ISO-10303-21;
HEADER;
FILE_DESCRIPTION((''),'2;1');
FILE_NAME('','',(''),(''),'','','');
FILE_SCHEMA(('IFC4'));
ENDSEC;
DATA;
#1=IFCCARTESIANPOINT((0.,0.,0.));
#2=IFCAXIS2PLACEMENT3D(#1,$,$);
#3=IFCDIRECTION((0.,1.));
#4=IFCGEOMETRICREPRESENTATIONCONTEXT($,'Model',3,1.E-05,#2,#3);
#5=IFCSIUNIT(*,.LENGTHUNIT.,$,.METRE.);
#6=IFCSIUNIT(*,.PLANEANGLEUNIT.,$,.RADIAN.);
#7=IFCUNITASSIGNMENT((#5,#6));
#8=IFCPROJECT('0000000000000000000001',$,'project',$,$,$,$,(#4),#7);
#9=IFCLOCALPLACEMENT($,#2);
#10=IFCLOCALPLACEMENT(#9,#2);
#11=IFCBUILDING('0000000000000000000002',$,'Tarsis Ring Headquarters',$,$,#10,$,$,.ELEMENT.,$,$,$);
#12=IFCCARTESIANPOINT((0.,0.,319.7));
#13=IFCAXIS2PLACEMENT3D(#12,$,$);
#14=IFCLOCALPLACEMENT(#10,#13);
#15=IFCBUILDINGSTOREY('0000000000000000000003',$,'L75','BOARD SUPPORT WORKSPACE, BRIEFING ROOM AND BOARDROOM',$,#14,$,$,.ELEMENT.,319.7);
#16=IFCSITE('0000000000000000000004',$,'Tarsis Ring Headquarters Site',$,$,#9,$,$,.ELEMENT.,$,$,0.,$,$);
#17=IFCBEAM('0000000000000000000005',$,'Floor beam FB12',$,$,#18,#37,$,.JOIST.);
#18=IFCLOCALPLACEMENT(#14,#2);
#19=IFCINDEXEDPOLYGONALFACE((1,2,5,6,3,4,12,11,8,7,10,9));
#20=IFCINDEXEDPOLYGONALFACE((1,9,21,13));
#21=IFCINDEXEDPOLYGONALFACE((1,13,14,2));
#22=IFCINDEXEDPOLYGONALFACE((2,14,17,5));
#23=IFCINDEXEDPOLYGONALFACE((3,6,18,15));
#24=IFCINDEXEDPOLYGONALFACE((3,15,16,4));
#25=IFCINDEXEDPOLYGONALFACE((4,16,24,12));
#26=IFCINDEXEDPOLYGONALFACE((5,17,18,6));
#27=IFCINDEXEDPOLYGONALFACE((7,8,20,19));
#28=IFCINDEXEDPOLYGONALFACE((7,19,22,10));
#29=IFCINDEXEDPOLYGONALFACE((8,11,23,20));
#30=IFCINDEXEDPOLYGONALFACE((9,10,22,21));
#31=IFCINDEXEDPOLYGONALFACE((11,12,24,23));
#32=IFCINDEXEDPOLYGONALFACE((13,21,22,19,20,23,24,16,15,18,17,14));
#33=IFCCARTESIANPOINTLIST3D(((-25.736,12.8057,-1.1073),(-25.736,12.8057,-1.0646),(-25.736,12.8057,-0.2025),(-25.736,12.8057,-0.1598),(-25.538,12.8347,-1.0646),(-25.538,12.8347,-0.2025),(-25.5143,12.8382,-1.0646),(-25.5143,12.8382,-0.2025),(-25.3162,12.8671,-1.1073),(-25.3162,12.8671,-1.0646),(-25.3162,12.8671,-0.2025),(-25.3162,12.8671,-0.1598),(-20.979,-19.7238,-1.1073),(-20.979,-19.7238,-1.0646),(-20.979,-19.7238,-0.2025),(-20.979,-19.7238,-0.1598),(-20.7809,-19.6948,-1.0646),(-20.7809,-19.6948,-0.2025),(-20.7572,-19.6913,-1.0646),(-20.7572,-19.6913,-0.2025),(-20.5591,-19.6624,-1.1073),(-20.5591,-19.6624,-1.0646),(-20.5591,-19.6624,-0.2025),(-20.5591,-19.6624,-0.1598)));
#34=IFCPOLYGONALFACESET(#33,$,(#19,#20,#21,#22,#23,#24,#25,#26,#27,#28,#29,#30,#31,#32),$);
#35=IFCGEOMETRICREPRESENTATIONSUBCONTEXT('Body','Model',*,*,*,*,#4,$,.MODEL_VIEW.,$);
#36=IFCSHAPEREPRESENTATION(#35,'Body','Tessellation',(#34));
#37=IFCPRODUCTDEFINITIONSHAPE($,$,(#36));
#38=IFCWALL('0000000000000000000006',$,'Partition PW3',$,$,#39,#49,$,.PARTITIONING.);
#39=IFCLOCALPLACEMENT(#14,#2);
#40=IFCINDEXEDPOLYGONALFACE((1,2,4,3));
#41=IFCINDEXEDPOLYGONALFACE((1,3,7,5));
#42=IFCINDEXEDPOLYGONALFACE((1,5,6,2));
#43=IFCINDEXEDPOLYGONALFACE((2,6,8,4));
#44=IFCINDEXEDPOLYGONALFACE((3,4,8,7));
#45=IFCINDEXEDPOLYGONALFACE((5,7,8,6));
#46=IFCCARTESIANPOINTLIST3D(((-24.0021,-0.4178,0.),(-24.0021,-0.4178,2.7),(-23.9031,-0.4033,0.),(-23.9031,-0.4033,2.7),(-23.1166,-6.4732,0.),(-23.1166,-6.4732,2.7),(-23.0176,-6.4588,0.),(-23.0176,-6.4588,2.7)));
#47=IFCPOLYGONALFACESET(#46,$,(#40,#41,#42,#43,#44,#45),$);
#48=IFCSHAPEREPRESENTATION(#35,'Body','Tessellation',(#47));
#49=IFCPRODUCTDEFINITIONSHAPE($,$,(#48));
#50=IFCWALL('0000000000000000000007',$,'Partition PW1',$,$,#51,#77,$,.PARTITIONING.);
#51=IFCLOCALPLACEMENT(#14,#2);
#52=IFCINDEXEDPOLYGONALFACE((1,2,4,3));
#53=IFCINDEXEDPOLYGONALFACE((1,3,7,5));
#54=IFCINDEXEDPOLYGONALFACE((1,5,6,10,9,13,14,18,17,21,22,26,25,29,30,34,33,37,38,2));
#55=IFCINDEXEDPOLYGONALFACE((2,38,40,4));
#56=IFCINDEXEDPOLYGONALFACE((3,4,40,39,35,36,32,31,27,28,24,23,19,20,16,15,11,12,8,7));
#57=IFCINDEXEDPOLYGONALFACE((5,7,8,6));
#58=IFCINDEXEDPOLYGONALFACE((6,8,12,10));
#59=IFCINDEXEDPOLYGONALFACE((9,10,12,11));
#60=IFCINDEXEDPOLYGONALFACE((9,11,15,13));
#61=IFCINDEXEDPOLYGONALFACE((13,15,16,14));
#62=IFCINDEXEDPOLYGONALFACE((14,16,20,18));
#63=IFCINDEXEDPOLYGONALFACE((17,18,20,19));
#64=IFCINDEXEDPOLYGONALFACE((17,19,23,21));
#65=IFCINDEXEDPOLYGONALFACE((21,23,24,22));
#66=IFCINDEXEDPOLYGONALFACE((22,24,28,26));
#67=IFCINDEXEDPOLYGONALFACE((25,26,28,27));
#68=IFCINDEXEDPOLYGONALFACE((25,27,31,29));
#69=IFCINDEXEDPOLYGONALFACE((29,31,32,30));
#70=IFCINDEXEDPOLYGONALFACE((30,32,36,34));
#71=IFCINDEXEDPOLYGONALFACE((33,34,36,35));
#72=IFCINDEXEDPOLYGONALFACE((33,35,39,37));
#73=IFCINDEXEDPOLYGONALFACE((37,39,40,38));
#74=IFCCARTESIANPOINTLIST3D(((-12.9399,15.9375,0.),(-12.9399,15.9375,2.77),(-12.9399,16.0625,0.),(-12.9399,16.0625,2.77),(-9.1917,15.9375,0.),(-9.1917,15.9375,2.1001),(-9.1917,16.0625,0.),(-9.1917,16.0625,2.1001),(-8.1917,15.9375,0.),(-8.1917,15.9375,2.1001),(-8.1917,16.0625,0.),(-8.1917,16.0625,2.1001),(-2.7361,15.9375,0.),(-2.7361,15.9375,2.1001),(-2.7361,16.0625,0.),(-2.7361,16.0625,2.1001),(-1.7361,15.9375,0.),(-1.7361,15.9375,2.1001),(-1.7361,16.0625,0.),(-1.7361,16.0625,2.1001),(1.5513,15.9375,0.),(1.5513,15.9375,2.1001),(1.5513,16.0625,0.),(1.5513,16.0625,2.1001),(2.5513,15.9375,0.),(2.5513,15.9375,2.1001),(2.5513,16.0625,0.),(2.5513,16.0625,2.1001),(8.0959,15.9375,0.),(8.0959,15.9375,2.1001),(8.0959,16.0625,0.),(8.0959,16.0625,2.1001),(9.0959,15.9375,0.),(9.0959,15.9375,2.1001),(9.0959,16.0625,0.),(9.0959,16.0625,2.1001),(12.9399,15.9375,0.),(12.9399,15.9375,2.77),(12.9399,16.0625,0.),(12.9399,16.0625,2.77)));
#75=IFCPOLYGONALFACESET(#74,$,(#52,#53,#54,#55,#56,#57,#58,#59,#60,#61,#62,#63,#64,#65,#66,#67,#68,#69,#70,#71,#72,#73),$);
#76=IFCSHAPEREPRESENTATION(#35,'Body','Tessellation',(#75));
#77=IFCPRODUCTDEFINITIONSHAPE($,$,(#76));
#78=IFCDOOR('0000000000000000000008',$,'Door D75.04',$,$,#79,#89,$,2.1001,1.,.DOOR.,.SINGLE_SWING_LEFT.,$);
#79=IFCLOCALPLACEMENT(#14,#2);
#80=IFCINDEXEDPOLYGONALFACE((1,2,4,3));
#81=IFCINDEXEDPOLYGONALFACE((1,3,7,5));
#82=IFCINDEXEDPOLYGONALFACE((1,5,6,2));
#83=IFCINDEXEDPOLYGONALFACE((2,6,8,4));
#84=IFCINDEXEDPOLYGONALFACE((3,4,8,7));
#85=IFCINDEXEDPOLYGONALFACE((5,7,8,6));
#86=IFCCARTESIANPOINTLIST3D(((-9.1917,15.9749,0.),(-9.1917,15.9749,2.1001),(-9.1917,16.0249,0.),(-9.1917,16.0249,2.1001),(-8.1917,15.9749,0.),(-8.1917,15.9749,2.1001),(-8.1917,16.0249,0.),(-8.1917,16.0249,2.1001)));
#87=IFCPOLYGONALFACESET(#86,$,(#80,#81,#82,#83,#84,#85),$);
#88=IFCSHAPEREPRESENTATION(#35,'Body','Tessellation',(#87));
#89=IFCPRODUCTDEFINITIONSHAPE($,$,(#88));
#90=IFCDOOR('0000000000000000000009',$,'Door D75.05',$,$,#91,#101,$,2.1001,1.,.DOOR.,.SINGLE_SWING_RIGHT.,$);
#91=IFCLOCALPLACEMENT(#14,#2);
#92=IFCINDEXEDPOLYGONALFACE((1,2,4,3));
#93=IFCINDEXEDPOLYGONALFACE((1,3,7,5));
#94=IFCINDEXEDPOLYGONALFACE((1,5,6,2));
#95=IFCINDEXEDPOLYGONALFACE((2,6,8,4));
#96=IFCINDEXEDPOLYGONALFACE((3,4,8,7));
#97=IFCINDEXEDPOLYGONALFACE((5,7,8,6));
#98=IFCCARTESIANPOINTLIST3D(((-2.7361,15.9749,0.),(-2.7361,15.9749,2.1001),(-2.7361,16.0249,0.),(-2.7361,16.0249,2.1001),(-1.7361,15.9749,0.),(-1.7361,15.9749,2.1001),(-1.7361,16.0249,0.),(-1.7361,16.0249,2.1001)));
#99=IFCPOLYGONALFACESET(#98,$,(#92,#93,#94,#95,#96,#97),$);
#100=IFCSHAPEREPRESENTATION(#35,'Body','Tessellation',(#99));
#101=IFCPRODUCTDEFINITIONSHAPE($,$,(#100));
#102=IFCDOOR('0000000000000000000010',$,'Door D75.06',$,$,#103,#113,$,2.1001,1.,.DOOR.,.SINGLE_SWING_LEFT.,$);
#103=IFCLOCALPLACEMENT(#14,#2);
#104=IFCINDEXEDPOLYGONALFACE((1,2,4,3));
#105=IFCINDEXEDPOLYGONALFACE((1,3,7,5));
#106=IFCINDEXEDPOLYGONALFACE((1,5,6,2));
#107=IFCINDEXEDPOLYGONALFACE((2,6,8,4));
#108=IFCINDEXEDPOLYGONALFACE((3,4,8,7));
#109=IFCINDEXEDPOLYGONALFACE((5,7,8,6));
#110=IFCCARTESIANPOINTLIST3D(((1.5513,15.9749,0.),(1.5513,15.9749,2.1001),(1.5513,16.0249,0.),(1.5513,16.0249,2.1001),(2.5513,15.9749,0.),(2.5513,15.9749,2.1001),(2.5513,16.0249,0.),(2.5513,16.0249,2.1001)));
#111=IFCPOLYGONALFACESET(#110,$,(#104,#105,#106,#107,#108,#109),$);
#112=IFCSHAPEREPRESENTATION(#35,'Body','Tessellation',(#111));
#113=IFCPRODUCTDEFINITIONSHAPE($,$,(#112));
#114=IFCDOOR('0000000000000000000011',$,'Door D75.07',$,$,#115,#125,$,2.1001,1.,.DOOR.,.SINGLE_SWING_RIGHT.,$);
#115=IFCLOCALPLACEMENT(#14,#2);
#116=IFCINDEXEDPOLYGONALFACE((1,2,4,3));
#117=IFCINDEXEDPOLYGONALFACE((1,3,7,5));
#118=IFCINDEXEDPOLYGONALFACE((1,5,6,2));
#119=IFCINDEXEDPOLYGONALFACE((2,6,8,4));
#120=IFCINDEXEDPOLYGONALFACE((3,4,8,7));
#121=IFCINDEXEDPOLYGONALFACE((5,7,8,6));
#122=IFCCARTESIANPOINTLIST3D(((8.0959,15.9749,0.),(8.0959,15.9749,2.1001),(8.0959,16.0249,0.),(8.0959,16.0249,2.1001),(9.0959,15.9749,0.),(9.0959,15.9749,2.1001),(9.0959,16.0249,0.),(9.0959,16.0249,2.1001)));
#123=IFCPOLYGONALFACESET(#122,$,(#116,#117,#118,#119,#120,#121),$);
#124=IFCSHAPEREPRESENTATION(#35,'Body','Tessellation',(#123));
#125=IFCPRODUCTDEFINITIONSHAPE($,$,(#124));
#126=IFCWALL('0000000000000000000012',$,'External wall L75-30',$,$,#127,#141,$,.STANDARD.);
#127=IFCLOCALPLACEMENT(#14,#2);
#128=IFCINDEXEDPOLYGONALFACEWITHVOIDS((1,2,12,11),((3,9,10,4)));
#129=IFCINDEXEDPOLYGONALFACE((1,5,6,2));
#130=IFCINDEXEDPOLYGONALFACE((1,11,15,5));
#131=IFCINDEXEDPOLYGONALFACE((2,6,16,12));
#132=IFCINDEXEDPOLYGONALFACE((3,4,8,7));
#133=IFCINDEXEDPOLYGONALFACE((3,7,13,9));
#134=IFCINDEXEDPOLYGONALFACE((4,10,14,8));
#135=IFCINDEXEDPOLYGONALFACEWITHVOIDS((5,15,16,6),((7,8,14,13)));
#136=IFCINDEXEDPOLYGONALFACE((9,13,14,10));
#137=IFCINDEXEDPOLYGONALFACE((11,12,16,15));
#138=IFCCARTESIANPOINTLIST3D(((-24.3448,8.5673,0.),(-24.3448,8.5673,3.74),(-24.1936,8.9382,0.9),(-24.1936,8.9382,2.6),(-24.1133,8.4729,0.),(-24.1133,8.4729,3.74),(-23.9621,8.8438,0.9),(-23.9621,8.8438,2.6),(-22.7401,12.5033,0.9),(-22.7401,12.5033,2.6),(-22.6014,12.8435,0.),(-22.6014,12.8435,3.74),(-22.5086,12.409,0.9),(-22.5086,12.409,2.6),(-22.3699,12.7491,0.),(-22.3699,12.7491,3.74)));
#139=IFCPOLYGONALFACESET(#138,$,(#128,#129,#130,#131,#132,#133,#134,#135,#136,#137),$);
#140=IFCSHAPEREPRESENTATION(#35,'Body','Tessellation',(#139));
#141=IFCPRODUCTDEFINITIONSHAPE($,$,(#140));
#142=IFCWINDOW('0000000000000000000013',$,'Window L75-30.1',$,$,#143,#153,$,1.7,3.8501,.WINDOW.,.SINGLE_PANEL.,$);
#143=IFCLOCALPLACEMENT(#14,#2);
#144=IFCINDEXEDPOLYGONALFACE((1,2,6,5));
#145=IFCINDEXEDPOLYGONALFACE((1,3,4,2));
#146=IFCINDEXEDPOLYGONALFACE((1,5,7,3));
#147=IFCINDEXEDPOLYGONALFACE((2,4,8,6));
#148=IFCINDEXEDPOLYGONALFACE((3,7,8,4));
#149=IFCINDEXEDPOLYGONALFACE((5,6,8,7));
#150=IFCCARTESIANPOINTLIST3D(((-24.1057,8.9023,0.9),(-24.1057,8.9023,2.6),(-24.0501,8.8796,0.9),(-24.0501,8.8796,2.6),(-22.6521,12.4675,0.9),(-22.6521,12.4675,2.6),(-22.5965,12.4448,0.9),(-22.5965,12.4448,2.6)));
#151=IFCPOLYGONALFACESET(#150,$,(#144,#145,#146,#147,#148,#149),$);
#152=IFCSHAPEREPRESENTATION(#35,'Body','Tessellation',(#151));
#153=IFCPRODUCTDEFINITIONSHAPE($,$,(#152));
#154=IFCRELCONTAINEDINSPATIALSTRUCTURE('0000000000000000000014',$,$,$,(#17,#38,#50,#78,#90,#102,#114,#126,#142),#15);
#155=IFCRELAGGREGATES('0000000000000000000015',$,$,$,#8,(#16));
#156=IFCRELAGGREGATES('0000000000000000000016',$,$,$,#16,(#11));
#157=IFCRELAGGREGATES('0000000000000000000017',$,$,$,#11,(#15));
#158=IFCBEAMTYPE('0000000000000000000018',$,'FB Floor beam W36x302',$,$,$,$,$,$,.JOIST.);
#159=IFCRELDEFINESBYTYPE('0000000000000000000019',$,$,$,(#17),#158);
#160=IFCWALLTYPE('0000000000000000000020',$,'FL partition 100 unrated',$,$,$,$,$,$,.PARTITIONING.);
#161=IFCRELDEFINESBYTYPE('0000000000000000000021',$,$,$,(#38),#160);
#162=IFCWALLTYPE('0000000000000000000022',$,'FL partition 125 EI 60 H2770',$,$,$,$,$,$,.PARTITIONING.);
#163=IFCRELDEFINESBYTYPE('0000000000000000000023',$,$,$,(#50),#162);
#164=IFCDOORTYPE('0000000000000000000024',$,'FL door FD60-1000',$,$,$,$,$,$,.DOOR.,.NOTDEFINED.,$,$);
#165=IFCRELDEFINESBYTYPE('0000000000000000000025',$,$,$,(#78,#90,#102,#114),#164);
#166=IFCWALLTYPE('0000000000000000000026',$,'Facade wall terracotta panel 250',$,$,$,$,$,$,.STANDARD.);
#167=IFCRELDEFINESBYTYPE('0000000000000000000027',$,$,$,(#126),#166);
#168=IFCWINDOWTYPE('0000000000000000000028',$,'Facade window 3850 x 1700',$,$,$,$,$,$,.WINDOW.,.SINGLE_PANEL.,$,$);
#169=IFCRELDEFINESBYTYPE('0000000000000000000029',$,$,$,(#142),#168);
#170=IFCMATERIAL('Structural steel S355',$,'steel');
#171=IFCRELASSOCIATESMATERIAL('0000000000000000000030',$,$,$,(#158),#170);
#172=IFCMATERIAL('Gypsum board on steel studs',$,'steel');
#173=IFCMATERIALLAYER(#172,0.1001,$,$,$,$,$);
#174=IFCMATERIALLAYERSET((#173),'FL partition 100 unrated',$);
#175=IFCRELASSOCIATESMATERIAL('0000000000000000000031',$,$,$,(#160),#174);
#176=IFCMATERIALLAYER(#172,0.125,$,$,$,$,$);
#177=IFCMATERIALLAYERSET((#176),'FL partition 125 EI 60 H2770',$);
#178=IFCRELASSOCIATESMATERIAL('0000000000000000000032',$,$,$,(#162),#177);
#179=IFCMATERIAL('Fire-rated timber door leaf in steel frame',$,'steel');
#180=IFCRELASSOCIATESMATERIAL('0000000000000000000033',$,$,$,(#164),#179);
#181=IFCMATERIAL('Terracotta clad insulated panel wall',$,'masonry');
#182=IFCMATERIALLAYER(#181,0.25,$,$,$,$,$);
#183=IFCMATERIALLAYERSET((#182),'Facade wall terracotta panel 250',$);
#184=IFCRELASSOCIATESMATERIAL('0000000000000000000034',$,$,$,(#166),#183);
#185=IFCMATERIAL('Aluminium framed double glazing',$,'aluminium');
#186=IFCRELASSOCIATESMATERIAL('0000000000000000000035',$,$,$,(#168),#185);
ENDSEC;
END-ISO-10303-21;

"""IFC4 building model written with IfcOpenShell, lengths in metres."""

from ifc_helpers import new_model, si_unit, direction, frame, frame_2d, origin, origin_2d, place, context, subcontext, project, spatial, rectangle, i_section, extrude, material, layer, layer_set, material_profile, profile_set, type_object, element, fill, save


model = new_model("IFC4")

# Units and contexts
model_context = context("Model", 3, precision=1e-05, world=origin(), true_north=direction((0.0, 1.0)))
body_context = subcontext(model_context, "Body", "Model", "MODEL_VIEW")
ifc_project = project(units=[si_unit("LENGTHUNIT", "METRE"), si_unit("PLANEANGLEUNIT", "RADIAN")], contexts=[model_context])

# Site, building, storey
site_placement = place(None, origin())
site = spatial("IfcSite", under=ifc_project, at=site_placement, Name="Tarsis Ring Headquarters Site", CompositionType="ELEMENT", RefElevation=0.0)
building_placement = place(site_placement, origin())
building = spatial("IfcBuilding", under=site, at=building_placement, Name="Tarsis Ring Headquarters", CompositionType="ELEMENT")
storey_placement = place(building_placement, frame((0.0, 0.0, 319.7)))
storey = spatial("IfcBuildingStorey", under=building, at=storey_placement, Name="L75", Description="BOARD SUPPORT WORKSPACE, BRIEFING ROOM AND BOARDROOM", CompositionType="ELEMENT", Elevation=319.7)

# Beam
ifc_material_1 = material(Name="Structural steel S355", Category="steel")
ifc_material_profile = material_profile(ifc_material_1, i_section(OverallWidth=0.4243, OverallDepth=0.9475, WebThickness=0.0239, FlangeThickness=0.0427, at=origin_2d()), Name="W36x302")
ifc_profile_set = profile_set([ifc_material_profile], Name="Structural steel S355")
beam_type = type_object("IfcBeamType", Name="FB Floor beam W36x302", PredefinedType="JOIST", material=ifc_profile_set)
beam_placement = place(storey_placement, frame((-25.5261, 12.8364, -0.6335), z_axis=(0.1447, -0.989476, 0.0), x_axis=(0.989476, 0.1447, 0.0)))
element("IfcBeam", 1, at=beam_placement, inside=storey, type_object=beam_type, Name="Floor beam FB12", PredefinedType="JOIST", context=body_context, shape_type="SweptSolid", body=[
    extrude(i_section(OverallWidth=0.4243, OverallDepth=0.9475, WebThickness=0.0239, FlangeThickness=0.0427, at=origin_2d()), origin(), (0.0, 0.0, 1.0), 32.8755),
])

# Wall
ifc_material_2 = material(Name="Gypsum board on steel studs", Category="steel")
ifc_layer_1 = layer(ifc_material_2, 0.1001)
ifc_layer_set_1 = layer_set([ifc_layer_1], Name="FL partition 100 unrated")
wall_type_1 = type_object("IfcWallType", Name="FL partition 100 unrated", PredefinedType="PARTITIONING", material=ifc_layer_set_1)
wall_1_placement = place(storey_placement, frame((-23.9526, -0.4104, 0.0), z_axis=(0.0, 0.0, 1.0), x_axis=(0.144693, -0.989477, 0.0)))
element("IfcWall", 2, at=wall_1_placement, inside=storey, type_object=wall_type_1, Name="Partition PW3", PredefinedType="PARTITIONING", context=body_context, shape_type="SweptSolid", body=[
    extrude(rectangle(XDim=6.1199, YDim=0.1001, at=frame_2d((3.0601, 0.0))), origin(), (0.0, 0.0, 1.0), 2.7),
])

# Wall, openings, doors
ifc_layer_2 = layer(ifc_material_2, 0.125)
ifc_layer_set_2 = layer_set([ifc_layer_2], Name="FL partition 125 EI 60 H2770")
wall_type_2 = type_object("IfcWallType", Name="FL partition 125 EI 60 H2770", PredefinedType="PARTITIONING", material=ifc_layer_set_2)
wall_2_placement = place(storey_placement, frame((-12.9399, 16.0, 0.0), z_axis=(0.0, 0.0, 1.0), x_axis=(1.0, 0.0, 0.0)))
wall_2 = element("IfcWall", 3, at=wall_2_placement, inside=storey, type_object=wall_type_2, Name="Partition PW1", PredefinedType="PARTITIONING", context=body_context, shape_type="SweptSolid", body=[
    extrude(rectangle(XDim=25.8799, YDim=0.125, at=frame_2d((12.9399, 0.0))), origin(), (0.0, 0.0, 1.0), 2.77),
])
opening_1_placement = place(wall_2_placement, frame((3.7483, 0.0, 0.0)))
opening_1 = element("IfcOpeningElement", 4, at=opening_1_placement, cuts=wall_2, PredefinedType="OPENING", context=body_context, shape_type="SweptSolid", body=[
    extrude(rectangle(XDim=1.0, YDim=2.1001, at=frame_2d((0.5, 1.05))), frame((0.0, 0.0725, 0.0), z_axis=(0.0, -1.0, 0.0), x_axis=(1.0, 0.0, 0.0)), (0.0, 0.0, 1.0), 0.145),
])
opening_2_placement = place(wall_2_placement, frame((10.2039, 0.0, 0.0)))
opening_2 = element("IfcOpeningElement", 5, at=opening_2_placement, cuts=wall_2, PredefinedType="OPENING", context=body_context, shape_type="SweptSolid", body=[
    extrude(rectangle(XDim=1.0, YDim=2.1001, at=frame_2d((0.5, 1.05))), frame((0.0, 0.0725, 0.0), z_axis=(0.0, -1.0, 0.0), x_axis=(1.0, 0.0, 0.0)), (0.0, 0.0, 1.0), 0.145),
])
opening_3_placement = place(wall_2_placement, frame((14.4912, 0.0, 0.0)))
opening_3 = element("IfcOpeningElement", 6, at=opening_3_placement, cuts=wall_2, PredefinedType="OPENING", context=body_context, shape_type="SweptSolid", body=[
    extrude(rectangle(XDim=1.0, YDim=2.1001, at=frame_2d((0.5, 1.05))), frame((0.0, 0.0725, 0.0), z_axis=(0.0, -1.0, 0.0), x_axis=(1.0, 0.0, 0.0)), (0.0, 0.0, 1.0), 0.145),
])
opening_4_placement = place(wall_2_placement, frame((21.0359, 0.0, 0.0)))
opening_4 = element("IfcOpeningElement", 7, at=opening_4_placement, cuts=wall_2, PredefinedType="OPENING", context=body_context, shape_type="SweptSolid", body=[
    extrude(rectangle(XDim=1.0, YDim=2.1001, at=frame_2d((0.5, 1.05))), frame((0.0, 0.0725, 0.0), z_axis=(0.0, -1.0, 0.0), x_axis=(1.0, 0.0, 0.0)), (0.0, 0.0, 1.0), 0.145),
])
ifc_material_3 = material(Name="Fire-rated timber door leaf in steel frame", Category="steel")
door_type_1 = type_object("IfcDoorType", Name="FL door FD60-1000", OperationType="NOTDEFINED", PredefinedType="DOOR", material=ifc_material_3)
door_1_placement = place(opening_1_placement, origin())
door_1 = element("IfcDoor", 8, at=door_1_placement, inside=storey, type_object=door_type_1, Name="Door D75.04", OperationType="SINGLE_SWING_LEFT", OverallHeight=2.1001, OverallWidth=1.0, PredefinedType="DOOR", context=body_context, shape_type="SweptSolid", body=[
    extrude(rectangle(XDim=1.0, YDim=2.1001, at=frame_2d((0.5, 1.05))), frame((0.0, 0.0249, 0.0), z_axis=(0.0, -1.0, 0.0), x_axis=(1.0, 0.0, 0.0)), (0.0, 0.0, 1.0), 0.05),
])
fill(opening_1, door_1)
door_2_placement = place(opening_2_placement, origin())
door_2 = element("IfcDoor", 9, at=door_2_placement, inside=storey, type_object=door_type_1, Name="Door D75.05", OperationType="SINGLE_SWING_RIGHT", OverallHeight=2.1001, OverallWidth=1.0, PredefinedType="DOOR", context=body_context, shape_type="SweptSolid", body=[
    extrude(rectangle(XDim=1.0, YDim=2.1001, at=frame_2d((0.5, 1.05))), frame((0.0, 0.0249, 0.0), z_axis=(0.0, -1.0, 0.0), x_axis=(1.0, 0.0, 0.0)), (0.0, 0.0, 1.0), 0.05),
])
fill(opening_2, door_2)
door_3_placement = place(opening_3_placement, origin())
door_3 = element("IfcDoor", 10, at=door_3_placement, inside=storey, type_object=door_type_1, Name="Door D75.06", OperationType="SINGLE_SWING_LEFT", OverallHeight=2.1001, OverallWidth=1.0, PredefinedType="DOOR", context=body_context, shape_type="SweptSolid", body=[
    extrude(rectangle(XDim=1.0, YDim=2.1001, at=frame_2d((0.5, 1.05))), frame((0.0, 0.0249, 0.0), z_axis=(0.0, -1.0, 0.0), x_axis=(1.0, 0.0, 0.0)), (0.0, 0.0, 1.0), 0.05),
])
fill(opening_3, door_3)
door_4_placement = place(opening_4_placement, origin())
door_4 = element("IfcDoor", 11, at=door_4_placement, inside=storey, type_object=door_type_1, Name="Door D75.07", OperationType="SINGLE_SWING_RIGHT", OverallHeight=2.1001, OverallWidth=1.0, PredefinedType="DOOR", context=body_context, shape_type="SweptSolid", body=[
    extrude(rectangle(XDim=1.0, YDim=2.1001, at=frame_2d((0.5, 1.05))), frame((0.0, 0.0249, 0.0), z_axis=(0.0, -1.0, 0.0), x_axis=(1.0, 0.0, 0.0)), (0.0, 0.0, 1.0), 0.05),
])
fill(opening_4, door_4)

# Wall, opening, window
ifc_material_4 = material(Name="Terracotta clad insulated panel wall", Category="masonry")
ifc_layer_3 = layer(ifc_material_4, 0.25)
ifc_layer_set_3 = layer_set([ifc_layer_3], Name="Facade wall terracotta panel 250")
wall_type_3 = type_object("IfcWallType", Name="Facade wall terracotta panel 250", PredefinedType="STANDARD", material=ifc_layer_set_3)
wall_3_placement = place(storey_placement, frame((-22.4856, 12.7964, 0.0), z_axis=(0.0, 0.0, 1.0), x_axis=(-0.377535, -0.925995, 0.0)))
wall_3 = element("IfcWall", 12, at=wall_3_placement, inside=storey, type_object=wall_type_3, Name="External wall L75-30", PredefinedType="STANDARD", context=body_context, shape_type="SweptSolid", body=[
    extrude(rectangle(XDim=4.6179, YDim=0.25, at=frame_2d((2.3091, 0.0))), origin(), (0.0, 0.0, 1.0), 3.74),
])
opening_5_placement = place(wall_3_placement, frame((0.3674, 0.0, 0.8999)))
opening_5 = element("IfcOpeningElement", 13, at=opening_5_placement, cuts=wall_3, PredefinedType="OPENING", context=body_context, shape_type="SweptSolid", body=[
    extrude(rectangle(XDim=3.8501, YDim=1.7, at=frame_2d((1.925, 0.8501))), frame((0.0, 0.135, 0.0), z_axis=(0.0, -1.0, 0.0), x_axis=(1.0, 0.0, 0.0)), (0.0, 0.0, 1.0), 0.27),
])
ifc_material_5 = material(Name="Aluminium framed double glazing", Category="aluminium")
window_type_1 = type_object("IfcWindowType", Name="Facade window 3850 x 1700", PartitioningType="SINGLE_PANEL", PredefinedType="WINDOW", material=ifc_material_5)
window_1_placement = place(opening_5_placement, origin())
window_1 = element("IfcWindow", 14, at=window_1_placement, inside=storey, type_object=window_type_1, Name="Window L75-30.1", OverallHeight=1.7, OverallWidth=3.8501, PartitioningType="SINGLE_PANEL", PredefinedType="WINDOW", context=body_context, shape_type="SweptSolid", body=[
    extrude(rectangle(XDim=3.8501, YDim=1.7, at=frame_2d((1.925, 0.8501))), frame((0.0, 0.03, 0.0), z_axis=(0.0, -1.0, 0.0), x_axis=(1.0, 0.0, 0.0)), (0.0, 0.0, 1.0), 0.0601),
])
fill(opening_5, window_1)

save(model, "model.ifc")
